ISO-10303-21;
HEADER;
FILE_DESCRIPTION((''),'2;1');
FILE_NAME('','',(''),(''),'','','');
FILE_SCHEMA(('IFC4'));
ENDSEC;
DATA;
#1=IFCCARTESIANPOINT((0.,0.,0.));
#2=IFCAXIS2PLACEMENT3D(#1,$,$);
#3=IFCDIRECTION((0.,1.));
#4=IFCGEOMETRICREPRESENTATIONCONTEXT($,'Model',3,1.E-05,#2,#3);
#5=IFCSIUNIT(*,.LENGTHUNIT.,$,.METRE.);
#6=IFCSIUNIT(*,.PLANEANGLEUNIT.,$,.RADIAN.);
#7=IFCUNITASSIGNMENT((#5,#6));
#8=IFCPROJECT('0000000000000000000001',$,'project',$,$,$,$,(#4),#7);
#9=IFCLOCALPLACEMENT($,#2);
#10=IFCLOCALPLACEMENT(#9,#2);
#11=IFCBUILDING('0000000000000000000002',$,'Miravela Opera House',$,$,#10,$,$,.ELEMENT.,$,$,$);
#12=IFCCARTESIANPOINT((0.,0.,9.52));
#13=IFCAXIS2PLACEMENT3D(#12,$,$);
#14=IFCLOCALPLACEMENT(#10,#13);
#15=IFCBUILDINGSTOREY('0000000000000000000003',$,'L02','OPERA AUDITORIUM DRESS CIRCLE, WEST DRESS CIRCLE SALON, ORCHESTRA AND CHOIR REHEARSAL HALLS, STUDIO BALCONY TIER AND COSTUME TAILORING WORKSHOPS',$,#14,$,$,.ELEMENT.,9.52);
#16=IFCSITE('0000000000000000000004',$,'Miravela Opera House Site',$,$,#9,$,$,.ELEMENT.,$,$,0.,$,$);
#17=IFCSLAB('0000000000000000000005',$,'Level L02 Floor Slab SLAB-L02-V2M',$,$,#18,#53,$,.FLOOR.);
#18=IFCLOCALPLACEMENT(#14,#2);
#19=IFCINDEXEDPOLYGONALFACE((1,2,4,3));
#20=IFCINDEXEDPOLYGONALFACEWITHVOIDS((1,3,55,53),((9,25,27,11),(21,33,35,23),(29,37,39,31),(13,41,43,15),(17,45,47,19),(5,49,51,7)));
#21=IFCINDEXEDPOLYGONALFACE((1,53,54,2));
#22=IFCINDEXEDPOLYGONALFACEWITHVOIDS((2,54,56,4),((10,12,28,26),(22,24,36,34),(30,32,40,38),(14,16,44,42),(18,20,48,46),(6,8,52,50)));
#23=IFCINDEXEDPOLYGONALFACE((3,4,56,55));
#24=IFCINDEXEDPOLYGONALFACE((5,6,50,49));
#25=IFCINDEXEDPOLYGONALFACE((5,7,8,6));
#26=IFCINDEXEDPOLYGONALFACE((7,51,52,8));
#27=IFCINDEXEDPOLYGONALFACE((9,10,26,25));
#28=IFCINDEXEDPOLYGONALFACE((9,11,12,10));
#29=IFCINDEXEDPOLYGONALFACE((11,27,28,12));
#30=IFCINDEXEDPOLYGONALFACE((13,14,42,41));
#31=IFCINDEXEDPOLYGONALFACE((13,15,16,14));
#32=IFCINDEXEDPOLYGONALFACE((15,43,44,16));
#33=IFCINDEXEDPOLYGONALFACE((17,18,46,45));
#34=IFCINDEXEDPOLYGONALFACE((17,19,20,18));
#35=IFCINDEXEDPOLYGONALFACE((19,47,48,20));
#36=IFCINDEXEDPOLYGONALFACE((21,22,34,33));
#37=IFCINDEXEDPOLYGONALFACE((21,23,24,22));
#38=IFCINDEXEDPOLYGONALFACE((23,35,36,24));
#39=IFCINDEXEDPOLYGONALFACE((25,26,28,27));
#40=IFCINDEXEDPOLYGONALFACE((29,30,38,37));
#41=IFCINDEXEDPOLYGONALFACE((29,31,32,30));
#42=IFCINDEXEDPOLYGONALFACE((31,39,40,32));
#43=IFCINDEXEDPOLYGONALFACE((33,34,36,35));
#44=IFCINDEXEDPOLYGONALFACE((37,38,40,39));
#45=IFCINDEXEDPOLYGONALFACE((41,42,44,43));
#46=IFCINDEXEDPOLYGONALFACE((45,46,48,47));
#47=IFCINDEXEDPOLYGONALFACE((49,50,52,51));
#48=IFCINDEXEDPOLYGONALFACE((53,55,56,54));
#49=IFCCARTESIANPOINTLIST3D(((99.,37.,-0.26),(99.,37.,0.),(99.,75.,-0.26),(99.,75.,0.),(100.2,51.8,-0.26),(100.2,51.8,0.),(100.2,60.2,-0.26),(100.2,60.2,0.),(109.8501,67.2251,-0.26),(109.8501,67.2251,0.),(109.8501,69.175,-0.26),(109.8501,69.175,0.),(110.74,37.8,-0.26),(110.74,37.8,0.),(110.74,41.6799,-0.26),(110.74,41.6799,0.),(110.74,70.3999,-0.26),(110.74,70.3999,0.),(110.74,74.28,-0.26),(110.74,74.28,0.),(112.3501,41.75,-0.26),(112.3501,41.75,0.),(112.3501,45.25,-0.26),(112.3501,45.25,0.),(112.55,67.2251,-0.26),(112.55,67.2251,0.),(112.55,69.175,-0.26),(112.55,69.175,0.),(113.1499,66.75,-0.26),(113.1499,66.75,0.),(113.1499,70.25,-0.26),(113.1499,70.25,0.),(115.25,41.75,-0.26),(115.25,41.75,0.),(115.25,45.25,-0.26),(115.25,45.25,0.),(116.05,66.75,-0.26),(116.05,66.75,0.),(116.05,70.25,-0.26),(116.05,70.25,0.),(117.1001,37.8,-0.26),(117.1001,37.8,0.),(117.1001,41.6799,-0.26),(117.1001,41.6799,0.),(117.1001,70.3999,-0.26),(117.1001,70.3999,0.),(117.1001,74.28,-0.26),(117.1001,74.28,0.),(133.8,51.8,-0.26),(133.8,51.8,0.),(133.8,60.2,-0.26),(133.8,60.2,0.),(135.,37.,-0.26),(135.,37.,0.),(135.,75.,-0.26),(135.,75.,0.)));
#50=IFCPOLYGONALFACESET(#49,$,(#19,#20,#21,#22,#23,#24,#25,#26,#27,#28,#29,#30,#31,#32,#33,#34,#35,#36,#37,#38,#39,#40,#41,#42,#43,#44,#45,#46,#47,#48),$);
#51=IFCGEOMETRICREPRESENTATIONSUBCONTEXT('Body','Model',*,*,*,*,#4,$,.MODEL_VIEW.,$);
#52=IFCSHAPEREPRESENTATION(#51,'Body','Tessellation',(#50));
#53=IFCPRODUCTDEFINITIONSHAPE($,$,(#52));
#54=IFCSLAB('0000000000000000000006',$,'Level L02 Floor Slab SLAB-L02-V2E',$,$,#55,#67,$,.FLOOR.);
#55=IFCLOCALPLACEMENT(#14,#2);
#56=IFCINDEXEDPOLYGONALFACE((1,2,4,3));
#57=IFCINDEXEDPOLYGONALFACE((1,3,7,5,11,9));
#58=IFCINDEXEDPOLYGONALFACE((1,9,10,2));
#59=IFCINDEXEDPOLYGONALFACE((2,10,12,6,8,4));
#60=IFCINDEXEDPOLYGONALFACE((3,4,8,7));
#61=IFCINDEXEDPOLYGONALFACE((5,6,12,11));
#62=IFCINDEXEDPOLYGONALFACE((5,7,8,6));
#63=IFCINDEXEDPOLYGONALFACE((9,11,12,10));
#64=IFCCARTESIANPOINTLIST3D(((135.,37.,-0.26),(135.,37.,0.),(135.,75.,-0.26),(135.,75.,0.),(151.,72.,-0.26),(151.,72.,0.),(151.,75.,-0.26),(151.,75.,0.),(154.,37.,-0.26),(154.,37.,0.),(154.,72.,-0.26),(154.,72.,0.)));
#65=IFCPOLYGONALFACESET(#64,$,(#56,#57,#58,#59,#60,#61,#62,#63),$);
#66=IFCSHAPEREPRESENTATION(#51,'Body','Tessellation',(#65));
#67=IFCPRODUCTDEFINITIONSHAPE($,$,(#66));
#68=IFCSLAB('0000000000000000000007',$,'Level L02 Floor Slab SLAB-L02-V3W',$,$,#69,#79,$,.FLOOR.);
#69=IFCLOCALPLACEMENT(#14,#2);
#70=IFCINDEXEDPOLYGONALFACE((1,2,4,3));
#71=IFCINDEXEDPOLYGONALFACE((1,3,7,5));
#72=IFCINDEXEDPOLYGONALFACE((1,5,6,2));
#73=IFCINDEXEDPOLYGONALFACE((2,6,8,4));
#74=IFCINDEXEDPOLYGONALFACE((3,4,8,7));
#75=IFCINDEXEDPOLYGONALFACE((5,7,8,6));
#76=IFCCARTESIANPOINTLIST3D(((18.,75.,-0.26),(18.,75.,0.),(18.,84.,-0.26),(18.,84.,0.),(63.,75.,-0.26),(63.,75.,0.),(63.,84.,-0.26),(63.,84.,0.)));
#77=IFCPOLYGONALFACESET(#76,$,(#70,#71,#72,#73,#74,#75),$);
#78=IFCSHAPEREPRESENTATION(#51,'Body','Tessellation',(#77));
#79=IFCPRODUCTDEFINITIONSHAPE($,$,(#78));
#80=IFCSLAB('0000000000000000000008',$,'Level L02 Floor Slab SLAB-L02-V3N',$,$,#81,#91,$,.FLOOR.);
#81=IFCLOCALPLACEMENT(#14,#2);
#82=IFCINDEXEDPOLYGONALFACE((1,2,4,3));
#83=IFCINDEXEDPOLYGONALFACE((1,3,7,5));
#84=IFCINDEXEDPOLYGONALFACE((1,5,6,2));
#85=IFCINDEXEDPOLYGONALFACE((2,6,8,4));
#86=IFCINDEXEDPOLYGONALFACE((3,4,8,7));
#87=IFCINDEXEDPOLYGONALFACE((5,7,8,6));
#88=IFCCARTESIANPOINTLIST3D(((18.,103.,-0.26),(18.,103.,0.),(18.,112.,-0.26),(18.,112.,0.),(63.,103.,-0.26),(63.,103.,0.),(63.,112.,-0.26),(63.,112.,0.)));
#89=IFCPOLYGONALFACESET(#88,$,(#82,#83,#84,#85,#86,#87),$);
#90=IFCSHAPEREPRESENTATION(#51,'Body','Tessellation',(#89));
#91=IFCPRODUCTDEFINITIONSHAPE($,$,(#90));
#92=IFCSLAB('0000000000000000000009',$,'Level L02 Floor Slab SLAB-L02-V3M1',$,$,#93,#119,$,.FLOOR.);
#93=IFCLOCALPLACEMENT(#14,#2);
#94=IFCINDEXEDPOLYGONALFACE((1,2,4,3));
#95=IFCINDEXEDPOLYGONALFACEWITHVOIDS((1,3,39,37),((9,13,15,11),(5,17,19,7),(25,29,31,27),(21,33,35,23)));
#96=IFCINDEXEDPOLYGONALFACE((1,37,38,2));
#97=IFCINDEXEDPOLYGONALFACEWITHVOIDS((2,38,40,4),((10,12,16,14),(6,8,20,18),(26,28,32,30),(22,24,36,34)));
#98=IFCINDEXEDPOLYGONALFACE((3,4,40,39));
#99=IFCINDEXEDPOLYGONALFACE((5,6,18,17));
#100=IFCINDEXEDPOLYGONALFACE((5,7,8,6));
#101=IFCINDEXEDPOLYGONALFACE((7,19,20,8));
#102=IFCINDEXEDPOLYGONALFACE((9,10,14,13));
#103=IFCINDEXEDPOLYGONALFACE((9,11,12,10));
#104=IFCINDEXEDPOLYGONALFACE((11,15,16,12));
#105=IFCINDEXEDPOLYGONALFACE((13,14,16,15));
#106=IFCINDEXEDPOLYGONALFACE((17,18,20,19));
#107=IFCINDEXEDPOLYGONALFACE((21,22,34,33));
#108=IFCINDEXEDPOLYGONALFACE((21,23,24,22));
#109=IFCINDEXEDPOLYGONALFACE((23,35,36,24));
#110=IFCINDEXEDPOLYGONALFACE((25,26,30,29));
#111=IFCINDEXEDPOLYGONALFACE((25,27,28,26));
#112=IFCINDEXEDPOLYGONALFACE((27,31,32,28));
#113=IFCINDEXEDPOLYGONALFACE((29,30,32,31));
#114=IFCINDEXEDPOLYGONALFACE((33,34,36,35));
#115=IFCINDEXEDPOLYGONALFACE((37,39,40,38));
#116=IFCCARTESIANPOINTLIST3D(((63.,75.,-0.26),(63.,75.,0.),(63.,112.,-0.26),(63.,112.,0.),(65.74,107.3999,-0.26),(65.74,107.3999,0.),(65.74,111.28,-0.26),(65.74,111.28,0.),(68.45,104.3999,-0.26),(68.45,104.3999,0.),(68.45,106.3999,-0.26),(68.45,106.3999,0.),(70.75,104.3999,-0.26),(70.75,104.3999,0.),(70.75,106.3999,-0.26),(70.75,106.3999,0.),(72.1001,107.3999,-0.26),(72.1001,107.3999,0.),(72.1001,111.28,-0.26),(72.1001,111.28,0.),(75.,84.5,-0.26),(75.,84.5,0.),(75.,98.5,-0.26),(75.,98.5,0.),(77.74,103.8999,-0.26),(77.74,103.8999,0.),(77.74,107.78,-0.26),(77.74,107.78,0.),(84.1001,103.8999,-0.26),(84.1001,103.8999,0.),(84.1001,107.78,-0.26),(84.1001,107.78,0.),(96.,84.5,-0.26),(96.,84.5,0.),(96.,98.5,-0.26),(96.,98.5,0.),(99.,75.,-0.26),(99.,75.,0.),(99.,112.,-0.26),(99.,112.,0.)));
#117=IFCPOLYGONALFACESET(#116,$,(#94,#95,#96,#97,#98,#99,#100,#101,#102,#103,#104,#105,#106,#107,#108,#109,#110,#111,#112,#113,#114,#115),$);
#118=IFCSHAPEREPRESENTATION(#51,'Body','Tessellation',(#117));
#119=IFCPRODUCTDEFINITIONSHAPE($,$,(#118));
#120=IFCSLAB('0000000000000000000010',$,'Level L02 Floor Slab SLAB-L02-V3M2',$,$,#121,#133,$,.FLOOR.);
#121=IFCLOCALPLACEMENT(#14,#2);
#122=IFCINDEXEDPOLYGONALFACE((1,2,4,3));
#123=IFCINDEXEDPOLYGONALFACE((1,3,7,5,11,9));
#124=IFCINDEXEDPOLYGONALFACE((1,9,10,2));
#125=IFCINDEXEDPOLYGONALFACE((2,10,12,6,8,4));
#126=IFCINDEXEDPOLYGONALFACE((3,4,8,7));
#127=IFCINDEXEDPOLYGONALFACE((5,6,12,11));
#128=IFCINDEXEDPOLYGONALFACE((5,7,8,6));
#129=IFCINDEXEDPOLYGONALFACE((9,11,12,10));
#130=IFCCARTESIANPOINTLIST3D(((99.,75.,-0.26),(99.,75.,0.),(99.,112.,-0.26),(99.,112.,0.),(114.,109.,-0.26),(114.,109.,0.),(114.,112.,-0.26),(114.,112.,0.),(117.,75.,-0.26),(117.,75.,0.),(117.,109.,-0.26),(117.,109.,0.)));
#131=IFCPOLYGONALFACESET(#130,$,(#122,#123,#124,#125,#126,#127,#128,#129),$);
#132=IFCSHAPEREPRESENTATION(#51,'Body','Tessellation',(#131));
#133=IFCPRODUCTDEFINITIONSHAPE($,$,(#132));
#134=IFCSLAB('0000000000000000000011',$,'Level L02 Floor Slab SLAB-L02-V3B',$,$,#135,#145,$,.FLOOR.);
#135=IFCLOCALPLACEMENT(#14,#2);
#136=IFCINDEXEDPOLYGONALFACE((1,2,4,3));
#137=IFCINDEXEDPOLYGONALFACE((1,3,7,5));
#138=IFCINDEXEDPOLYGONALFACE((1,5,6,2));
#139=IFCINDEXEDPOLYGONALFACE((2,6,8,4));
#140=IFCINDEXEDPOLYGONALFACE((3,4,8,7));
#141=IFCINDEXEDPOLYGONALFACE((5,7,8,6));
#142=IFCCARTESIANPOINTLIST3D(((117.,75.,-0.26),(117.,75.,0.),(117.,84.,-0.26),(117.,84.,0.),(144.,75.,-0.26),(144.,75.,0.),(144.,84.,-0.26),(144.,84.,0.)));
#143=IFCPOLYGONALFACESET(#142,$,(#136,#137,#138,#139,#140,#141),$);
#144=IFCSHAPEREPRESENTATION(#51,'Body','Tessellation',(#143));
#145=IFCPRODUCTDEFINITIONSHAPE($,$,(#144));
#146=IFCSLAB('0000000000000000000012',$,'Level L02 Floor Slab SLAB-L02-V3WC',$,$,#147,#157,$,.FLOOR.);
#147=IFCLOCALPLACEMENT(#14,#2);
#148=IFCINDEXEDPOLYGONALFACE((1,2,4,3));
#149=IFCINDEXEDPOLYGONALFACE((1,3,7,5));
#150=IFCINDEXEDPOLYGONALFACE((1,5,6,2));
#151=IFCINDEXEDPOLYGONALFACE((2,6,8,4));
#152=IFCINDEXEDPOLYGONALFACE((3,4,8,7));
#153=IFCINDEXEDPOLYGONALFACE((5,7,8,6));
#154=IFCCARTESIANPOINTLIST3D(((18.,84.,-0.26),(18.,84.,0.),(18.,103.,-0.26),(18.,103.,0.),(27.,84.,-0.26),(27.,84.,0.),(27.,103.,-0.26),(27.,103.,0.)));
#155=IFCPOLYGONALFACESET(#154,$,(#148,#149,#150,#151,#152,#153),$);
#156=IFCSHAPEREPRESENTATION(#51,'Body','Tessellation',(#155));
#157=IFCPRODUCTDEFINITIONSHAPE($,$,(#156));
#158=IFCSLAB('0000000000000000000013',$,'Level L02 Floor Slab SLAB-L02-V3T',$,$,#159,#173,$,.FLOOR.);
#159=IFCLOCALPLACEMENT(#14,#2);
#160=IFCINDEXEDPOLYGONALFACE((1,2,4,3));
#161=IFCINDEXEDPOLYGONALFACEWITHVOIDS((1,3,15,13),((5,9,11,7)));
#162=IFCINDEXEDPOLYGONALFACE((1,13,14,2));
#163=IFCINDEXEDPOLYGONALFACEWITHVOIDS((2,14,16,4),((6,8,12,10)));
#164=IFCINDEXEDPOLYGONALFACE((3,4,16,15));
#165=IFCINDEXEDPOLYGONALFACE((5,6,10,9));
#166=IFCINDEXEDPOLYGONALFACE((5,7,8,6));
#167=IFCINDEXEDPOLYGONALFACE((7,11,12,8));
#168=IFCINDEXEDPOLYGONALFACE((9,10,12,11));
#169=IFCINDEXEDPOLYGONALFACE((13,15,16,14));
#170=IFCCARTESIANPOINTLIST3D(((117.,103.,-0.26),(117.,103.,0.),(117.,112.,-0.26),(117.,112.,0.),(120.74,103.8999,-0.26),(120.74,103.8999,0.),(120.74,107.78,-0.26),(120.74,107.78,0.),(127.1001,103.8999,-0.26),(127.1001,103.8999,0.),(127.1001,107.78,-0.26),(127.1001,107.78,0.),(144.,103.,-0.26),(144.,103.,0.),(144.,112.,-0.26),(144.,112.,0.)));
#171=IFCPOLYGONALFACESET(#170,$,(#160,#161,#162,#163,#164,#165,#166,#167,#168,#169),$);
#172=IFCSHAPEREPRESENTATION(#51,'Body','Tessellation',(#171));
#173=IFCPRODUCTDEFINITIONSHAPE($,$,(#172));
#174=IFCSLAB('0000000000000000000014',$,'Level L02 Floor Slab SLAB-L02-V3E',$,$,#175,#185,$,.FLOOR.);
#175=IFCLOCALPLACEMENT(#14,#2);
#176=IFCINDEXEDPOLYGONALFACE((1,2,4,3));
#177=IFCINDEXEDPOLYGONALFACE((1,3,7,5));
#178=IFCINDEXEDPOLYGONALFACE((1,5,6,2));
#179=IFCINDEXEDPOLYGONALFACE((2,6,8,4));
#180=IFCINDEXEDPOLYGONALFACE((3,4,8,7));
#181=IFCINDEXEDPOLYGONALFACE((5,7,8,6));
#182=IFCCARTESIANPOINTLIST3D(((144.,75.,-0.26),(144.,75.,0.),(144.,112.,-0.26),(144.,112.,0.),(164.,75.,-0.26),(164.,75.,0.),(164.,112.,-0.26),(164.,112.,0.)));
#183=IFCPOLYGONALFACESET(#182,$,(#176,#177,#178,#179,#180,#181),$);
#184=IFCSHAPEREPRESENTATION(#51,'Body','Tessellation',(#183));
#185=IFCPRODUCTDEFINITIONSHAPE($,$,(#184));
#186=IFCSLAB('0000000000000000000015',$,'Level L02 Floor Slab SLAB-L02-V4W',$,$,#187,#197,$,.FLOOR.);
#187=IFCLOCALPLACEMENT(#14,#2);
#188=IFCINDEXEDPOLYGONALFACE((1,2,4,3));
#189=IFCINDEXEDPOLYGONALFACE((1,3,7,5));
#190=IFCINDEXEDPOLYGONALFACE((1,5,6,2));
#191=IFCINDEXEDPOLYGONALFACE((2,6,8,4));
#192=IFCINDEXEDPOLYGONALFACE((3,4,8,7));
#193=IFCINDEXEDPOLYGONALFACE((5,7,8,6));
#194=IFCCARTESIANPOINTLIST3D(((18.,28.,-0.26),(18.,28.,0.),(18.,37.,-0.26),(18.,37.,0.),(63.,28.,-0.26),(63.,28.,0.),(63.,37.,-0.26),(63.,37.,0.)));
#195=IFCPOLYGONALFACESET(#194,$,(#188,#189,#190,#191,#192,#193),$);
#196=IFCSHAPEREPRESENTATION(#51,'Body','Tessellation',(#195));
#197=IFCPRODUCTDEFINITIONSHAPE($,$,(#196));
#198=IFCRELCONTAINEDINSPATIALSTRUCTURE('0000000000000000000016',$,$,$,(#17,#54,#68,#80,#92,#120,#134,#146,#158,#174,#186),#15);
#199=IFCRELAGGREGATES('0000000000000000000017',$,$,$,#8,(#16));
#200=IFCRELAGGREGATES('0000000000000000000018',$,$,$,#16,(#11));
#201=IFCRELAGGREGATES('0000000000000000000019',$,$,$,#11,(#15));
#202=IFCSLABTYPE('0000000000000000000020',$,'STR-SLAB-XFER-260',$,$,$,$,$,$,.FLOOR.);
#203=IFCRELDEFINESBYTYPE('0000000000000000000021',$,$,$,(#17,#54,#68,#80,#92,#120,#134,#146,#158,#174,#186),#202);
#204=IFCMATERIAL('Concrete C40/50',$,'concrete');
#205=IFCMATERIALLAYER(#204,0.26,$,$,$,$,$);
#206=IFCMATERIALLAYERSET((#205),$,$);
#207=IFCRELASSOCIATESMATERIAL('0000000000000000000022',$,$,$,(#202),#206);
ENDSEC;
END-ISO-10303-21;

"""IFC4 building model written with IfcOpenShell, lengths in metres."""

from ifc_helpers import new_model, si_unit, direction, frame, origin, place, context, subcontext, project, spatial, polyline, outline, extrude, material, layer, layer_set, type_object, element, save


model = new_model("IFC4")

# Units and contexts
model_context = context("Model", 3, precision=1e-05, world=origin(), true_north=direction((0.0, 1.0)))
body_context = subcontext(model_context, "Body", "Model", "MODEL_VIEW")
ifc_project = project(units=[si_unit("LENGTHUNIT", "METRE"), si_unit("PLANEANGLEUNIT", "RADIAN")], contexts=[model_context])

# Site, building, storey
site_placement = place(None, origin())
site = spatial("IfcSite", under=ifc_project, at=site_placement, Name="Miravela Opera House Site", CompositionType="ELEMENT", RefElevation=0.0)
building_placement = place(site_placement, origin())
building = spatial("IfcBuilding", under=site, at=building_placement, Name="Miravela Opera House", CompositionType="ELEMENT")
storey_placement = place(building_placement, frame((0.0, 0.0, 9.52)))
storey = spatial("IfcBuildingStorey", under=building, at=storey_placement, Name="L02", Description="OPERA AUDITORIUM DRESS CIRCLE, WEST DRESS CIRCLE SALON, ORCHESTRA AND CHOIR REHEARSAL HALLS, STUDIO BALCONY TIER AND COSTUME TAILORING WORKSHOPS", CompositionType="ELEMENT", Elevation=9.52)

# Slabs
ifc_material_1 = material(Name="Concrete C40/50", Category="concrete")
ifc_layer_1 = layer(ifc_material_1, 0.26)
ifc_layer_set_1 = layer_set([ifc_layer_1])
slab_type_1 = type_object("IfcSlabType", Name="STR-SLAB-XFER-260", PredefinedType="FLOOR", material=ifc_layer_set_1)
slab_1_placement = place(storey_placement, frame((0.0, 0.0, -0.26)))
element("IfcSlab", 1, at=slab_1_placement, inside=storey, type_object=slab_type_1, Name="Level L02 Floor Slab SLAB-L02-V2M", PredefinedType="FLOOR", context=body_context, shape_type="SweptSolid", body=[
    extrude(outline(polyline([(99.0, 37.0), (135.0, 37.0), (135.0, 75.0), (99.0, 75.0), (99.0, 37.0)]), holes=[polyline([(110.74, 70.3999), (117.1001, 70.3999), (117.1001, 74.28), (110.74, 74.28), (110.74, 70.3999)]), polyline([(110.74, 37.8), (117.1001, 37.8), (117.1001, 41.6799), (110.74, 41.6799), (110.74, 37.8)]), polyline([(109.8501, 67.2251), (112.55, 67.2251), (112.55, 69.175), (109.8501, 69.175), (109.8501, 67.2251)]), polyline([(113.1499, 66.75), (116.05, 66.75), (116.05, 70.25), (113.1499, 70.25), (113.1499, 66.75)]), polyline([(112.3501, 41.75), (115.25, 41.75), (115.25, 45.25), (112.3501, 45.25), (112.3501, 41.75)]), polyline([(100.2, 51.8), (133.8, 51.8), (133.8, 60.2), (100.2, 60.2), (100.2, 51.8)])]), origin(), (0.0, 0.0, 1.0), 0.26),
])
slab_2_placement = place(storey_placement, frame((0.0, 0.0, -0.26)))
element("IfcSlab", 2, at=slab_2_placement, inside=storey, type_object=slab_type_1, Name="Level L02 Floor Slab SLAB-L02-V2E", PredefinedType="FLOOR", context=body_context, shape_type="SweptSolid", body=[
    extrude(outline(polyline([(135.0, 37.0), (154.0, 37.0), (154.0, 72.0), (151.0, 72.0), (151.0, 75.0), (135.0, 75.0), (135.0, 37.0)])), origin(), (0.0, 0.0, 1.0), 0.26),
])
slab_3_placement = place(storey_placement, frame((0.0, 0.0, -0.26)))
element("IfcSlab", 3, at=slab_3_placement, inside=storey, type_object=slab_type_1, Name="Level L02 Floor Slab SLAB-L02-V3W", PredefinedType="FLOOR", context=body_context, shape_type="SweptSolid", body=[
    extrude(outline(polyline([(18.0, 75.0), (63.0, 75.0), (63.0, 84.0), (18.0, 84.0), (18.0, 75.0)])), origin(), (0.0, 0.0, 1.0), 0.26),
])
slab_4_placement = place(storey_placement, frame((0.0, 0.0, -0.26)))
element("IfcSlab", 4, at=slab_4_placement, inside=storey, type_object=slab_type_1, Name="Level L02 Floor Slab SLAB-L02-V3N", PredefinedType="FLOOR", context=body_context, shape_type="SweptSolid", body=[
    extrude(outline(polyline([(18.0, 103.0), (63.0, 103.0), (63.0, 112.0), (18.0, 112.0), (18.0, 103.0)])), origin(), (0.0, 0.0, 1.0), 0.26),
])
slab_5_placement = place(storey_placement, frame((0.0, 0.0, -0.26)))
element("IfcSlab", 5, at=slab_5_placement, inside=storey, type_object=slab_type_1, Name="Level L02 Floor Slab SLAB-L02-V3M1", PredefinedType="FLOOR", context=body_context, shape_type="SweptSolid", body=[
    extrude(outline(polyline([(63.0, 75.0), (99.0, 75.0), (99.0, 112.0), (63.0, 112.0), (63.0, 75.0)]), holes=[polyline([(65.74, 107.3999), (72.1001, 107.3999), (72.1001, 111.28), (65.74, 111.28), (65.74, 107.3999)]), polyline([(77.74, 103.8999), (84.1001, 103.8999), (84.1001, 107.78), (77.74, 107.78), (77.74, 103.8999)]), polyline([(68.45, 104.3999), (70.75, 104.3999), (70.75, 106.3999), (68.45, 106.3999), (68.45, 104.3999)]), polyline([(75.0, 84.5), (96.0, 84.5), (96.0, 98.5), (75.0, 98.5), (75.0, 84.5)])]), origin(), (0.0, 0.0, 1.0), 0.26),
])
slab_6_placement = place(storey_placement, frame((0.0, 0.0, -0.26)))
element("IfcSlab", 6, at=slab_6_placement, inside=storey, type_object=slab_type_1, Name="Level L02 Floor Slab SLAB-L02-V3M2", PredefinedType="FLOOR", context=body_context, shape_type="SweptSolid", body=[
    extrude(outline(polyline([(99.0, 75.0), (117.0, 75.0), (117.0, 109.0), (114.0, 109.0), (114.0, 112.0), (99.0, 112.0), (99.0, 75.0)])), origin(), (0.0, 0.0, 1.0), 0.26),
])
slab_7_placement = place(storey_placement, frame((0.0, 0.0, -0.26)))
element("IfcSlab", 7, at=slab_7_placement, inside=storey, type_object=slab_type_1, Name="Level L02 Floor Slab SLAB-L02-V3B", PredefinedType="FLOOR", context=body_context, shape_type="SweptSolid", body=[
    extrude(outline(polyline([(117.0, 75.0), (144.0, 75.0), (144.0, 84.0), (117.0, 84.0), (117.0, 75.0)])), origin(), (0.0, 0.0, 1.0), 0.26),
])
slab_8_placement = place(storey_placement, frame((0.0, 0.0, -0.26)))
element("IfcSlab", 8, at=slab_8_placement, inside=storey, type_object=slab_type_1, Name="Level L02 Floor Slab SLAB-L02-V3WC", PredefinedType="FLOOR", context=body_context, shape_type="SweptSolid", body=[
    extrude(outline(polyline([(18.0, 84.0), (27.0, 84.0), (27.0, 103.0), (18.0, 103.0), (18.0, 84.0)])), origin(), (0.0, 0.0, 1.0), 0.26),
])
slab_9_placement = place(storey_placement, frame((0.0, 0.0, -0.26)))
element("IfcSlab", 9, at=slab_9_placement, inside=storey, type_object=slab_type_1, Name="Level L02 Floor Slab SLAB-L02-V3T", PredefinedType="FLOOR", context=body_context, shape_type="SweptSolid", body=[
    extrude(outline(polyline([(117.0, 103.0), (144.0, 103.0), (144.0, 112.0), (117.0, 112.0), (117.0, 103.0)]), holes=[polyline([(120.74, 103.8999), (127.1001, 103.8999), (127.1001, 107.78), (120.74, 107.78), (120.74, 103.8999)])]), origin(), (0.0, 0.0, 1.0), 0.26),
])
slab_10_placement = place(storey_placement, frame((0.0, 0.0, -0.26)))
element("IfcSlab", 10, at=slab_10_placement, inside=storey, type_object=slab_type_1, Name="Level L02 Floor Slab SLAB-L02-V3E", PredefinedType="FLOOR", context=body_context, shape_type="SweptSolid", body=[
    extrude(outline(polyline([(144.0, 75.0), (164.0, 75.0), (164.0, 112.0), (144.0, 112.0), (144.0, 75.0)])), origin(), (0.0, 0.0, 1.0), 0.26),
])
slab_11_placement = place(storey_placement, frame((0.0, 0.0, -0.26)))
element("IfcSlab", 11, at=slab_11_placement, inside=storey, type_object=slab_type_1, Name="Level L02 Floor Slab SLAB-L02-V4W", PredefinedType="FLOOR", context=body_context, shape_type="SweptSolid", body=[
    extrude(outline(polyline([(18.0, 28.0), (63.0, 28.0), (63.0, 37.0), (18.0, 37.0), (18.0, 28.0)])), origin(), (0.0, 0.0, 1.0), 0.26),
])

save(model, "model.ifc")
